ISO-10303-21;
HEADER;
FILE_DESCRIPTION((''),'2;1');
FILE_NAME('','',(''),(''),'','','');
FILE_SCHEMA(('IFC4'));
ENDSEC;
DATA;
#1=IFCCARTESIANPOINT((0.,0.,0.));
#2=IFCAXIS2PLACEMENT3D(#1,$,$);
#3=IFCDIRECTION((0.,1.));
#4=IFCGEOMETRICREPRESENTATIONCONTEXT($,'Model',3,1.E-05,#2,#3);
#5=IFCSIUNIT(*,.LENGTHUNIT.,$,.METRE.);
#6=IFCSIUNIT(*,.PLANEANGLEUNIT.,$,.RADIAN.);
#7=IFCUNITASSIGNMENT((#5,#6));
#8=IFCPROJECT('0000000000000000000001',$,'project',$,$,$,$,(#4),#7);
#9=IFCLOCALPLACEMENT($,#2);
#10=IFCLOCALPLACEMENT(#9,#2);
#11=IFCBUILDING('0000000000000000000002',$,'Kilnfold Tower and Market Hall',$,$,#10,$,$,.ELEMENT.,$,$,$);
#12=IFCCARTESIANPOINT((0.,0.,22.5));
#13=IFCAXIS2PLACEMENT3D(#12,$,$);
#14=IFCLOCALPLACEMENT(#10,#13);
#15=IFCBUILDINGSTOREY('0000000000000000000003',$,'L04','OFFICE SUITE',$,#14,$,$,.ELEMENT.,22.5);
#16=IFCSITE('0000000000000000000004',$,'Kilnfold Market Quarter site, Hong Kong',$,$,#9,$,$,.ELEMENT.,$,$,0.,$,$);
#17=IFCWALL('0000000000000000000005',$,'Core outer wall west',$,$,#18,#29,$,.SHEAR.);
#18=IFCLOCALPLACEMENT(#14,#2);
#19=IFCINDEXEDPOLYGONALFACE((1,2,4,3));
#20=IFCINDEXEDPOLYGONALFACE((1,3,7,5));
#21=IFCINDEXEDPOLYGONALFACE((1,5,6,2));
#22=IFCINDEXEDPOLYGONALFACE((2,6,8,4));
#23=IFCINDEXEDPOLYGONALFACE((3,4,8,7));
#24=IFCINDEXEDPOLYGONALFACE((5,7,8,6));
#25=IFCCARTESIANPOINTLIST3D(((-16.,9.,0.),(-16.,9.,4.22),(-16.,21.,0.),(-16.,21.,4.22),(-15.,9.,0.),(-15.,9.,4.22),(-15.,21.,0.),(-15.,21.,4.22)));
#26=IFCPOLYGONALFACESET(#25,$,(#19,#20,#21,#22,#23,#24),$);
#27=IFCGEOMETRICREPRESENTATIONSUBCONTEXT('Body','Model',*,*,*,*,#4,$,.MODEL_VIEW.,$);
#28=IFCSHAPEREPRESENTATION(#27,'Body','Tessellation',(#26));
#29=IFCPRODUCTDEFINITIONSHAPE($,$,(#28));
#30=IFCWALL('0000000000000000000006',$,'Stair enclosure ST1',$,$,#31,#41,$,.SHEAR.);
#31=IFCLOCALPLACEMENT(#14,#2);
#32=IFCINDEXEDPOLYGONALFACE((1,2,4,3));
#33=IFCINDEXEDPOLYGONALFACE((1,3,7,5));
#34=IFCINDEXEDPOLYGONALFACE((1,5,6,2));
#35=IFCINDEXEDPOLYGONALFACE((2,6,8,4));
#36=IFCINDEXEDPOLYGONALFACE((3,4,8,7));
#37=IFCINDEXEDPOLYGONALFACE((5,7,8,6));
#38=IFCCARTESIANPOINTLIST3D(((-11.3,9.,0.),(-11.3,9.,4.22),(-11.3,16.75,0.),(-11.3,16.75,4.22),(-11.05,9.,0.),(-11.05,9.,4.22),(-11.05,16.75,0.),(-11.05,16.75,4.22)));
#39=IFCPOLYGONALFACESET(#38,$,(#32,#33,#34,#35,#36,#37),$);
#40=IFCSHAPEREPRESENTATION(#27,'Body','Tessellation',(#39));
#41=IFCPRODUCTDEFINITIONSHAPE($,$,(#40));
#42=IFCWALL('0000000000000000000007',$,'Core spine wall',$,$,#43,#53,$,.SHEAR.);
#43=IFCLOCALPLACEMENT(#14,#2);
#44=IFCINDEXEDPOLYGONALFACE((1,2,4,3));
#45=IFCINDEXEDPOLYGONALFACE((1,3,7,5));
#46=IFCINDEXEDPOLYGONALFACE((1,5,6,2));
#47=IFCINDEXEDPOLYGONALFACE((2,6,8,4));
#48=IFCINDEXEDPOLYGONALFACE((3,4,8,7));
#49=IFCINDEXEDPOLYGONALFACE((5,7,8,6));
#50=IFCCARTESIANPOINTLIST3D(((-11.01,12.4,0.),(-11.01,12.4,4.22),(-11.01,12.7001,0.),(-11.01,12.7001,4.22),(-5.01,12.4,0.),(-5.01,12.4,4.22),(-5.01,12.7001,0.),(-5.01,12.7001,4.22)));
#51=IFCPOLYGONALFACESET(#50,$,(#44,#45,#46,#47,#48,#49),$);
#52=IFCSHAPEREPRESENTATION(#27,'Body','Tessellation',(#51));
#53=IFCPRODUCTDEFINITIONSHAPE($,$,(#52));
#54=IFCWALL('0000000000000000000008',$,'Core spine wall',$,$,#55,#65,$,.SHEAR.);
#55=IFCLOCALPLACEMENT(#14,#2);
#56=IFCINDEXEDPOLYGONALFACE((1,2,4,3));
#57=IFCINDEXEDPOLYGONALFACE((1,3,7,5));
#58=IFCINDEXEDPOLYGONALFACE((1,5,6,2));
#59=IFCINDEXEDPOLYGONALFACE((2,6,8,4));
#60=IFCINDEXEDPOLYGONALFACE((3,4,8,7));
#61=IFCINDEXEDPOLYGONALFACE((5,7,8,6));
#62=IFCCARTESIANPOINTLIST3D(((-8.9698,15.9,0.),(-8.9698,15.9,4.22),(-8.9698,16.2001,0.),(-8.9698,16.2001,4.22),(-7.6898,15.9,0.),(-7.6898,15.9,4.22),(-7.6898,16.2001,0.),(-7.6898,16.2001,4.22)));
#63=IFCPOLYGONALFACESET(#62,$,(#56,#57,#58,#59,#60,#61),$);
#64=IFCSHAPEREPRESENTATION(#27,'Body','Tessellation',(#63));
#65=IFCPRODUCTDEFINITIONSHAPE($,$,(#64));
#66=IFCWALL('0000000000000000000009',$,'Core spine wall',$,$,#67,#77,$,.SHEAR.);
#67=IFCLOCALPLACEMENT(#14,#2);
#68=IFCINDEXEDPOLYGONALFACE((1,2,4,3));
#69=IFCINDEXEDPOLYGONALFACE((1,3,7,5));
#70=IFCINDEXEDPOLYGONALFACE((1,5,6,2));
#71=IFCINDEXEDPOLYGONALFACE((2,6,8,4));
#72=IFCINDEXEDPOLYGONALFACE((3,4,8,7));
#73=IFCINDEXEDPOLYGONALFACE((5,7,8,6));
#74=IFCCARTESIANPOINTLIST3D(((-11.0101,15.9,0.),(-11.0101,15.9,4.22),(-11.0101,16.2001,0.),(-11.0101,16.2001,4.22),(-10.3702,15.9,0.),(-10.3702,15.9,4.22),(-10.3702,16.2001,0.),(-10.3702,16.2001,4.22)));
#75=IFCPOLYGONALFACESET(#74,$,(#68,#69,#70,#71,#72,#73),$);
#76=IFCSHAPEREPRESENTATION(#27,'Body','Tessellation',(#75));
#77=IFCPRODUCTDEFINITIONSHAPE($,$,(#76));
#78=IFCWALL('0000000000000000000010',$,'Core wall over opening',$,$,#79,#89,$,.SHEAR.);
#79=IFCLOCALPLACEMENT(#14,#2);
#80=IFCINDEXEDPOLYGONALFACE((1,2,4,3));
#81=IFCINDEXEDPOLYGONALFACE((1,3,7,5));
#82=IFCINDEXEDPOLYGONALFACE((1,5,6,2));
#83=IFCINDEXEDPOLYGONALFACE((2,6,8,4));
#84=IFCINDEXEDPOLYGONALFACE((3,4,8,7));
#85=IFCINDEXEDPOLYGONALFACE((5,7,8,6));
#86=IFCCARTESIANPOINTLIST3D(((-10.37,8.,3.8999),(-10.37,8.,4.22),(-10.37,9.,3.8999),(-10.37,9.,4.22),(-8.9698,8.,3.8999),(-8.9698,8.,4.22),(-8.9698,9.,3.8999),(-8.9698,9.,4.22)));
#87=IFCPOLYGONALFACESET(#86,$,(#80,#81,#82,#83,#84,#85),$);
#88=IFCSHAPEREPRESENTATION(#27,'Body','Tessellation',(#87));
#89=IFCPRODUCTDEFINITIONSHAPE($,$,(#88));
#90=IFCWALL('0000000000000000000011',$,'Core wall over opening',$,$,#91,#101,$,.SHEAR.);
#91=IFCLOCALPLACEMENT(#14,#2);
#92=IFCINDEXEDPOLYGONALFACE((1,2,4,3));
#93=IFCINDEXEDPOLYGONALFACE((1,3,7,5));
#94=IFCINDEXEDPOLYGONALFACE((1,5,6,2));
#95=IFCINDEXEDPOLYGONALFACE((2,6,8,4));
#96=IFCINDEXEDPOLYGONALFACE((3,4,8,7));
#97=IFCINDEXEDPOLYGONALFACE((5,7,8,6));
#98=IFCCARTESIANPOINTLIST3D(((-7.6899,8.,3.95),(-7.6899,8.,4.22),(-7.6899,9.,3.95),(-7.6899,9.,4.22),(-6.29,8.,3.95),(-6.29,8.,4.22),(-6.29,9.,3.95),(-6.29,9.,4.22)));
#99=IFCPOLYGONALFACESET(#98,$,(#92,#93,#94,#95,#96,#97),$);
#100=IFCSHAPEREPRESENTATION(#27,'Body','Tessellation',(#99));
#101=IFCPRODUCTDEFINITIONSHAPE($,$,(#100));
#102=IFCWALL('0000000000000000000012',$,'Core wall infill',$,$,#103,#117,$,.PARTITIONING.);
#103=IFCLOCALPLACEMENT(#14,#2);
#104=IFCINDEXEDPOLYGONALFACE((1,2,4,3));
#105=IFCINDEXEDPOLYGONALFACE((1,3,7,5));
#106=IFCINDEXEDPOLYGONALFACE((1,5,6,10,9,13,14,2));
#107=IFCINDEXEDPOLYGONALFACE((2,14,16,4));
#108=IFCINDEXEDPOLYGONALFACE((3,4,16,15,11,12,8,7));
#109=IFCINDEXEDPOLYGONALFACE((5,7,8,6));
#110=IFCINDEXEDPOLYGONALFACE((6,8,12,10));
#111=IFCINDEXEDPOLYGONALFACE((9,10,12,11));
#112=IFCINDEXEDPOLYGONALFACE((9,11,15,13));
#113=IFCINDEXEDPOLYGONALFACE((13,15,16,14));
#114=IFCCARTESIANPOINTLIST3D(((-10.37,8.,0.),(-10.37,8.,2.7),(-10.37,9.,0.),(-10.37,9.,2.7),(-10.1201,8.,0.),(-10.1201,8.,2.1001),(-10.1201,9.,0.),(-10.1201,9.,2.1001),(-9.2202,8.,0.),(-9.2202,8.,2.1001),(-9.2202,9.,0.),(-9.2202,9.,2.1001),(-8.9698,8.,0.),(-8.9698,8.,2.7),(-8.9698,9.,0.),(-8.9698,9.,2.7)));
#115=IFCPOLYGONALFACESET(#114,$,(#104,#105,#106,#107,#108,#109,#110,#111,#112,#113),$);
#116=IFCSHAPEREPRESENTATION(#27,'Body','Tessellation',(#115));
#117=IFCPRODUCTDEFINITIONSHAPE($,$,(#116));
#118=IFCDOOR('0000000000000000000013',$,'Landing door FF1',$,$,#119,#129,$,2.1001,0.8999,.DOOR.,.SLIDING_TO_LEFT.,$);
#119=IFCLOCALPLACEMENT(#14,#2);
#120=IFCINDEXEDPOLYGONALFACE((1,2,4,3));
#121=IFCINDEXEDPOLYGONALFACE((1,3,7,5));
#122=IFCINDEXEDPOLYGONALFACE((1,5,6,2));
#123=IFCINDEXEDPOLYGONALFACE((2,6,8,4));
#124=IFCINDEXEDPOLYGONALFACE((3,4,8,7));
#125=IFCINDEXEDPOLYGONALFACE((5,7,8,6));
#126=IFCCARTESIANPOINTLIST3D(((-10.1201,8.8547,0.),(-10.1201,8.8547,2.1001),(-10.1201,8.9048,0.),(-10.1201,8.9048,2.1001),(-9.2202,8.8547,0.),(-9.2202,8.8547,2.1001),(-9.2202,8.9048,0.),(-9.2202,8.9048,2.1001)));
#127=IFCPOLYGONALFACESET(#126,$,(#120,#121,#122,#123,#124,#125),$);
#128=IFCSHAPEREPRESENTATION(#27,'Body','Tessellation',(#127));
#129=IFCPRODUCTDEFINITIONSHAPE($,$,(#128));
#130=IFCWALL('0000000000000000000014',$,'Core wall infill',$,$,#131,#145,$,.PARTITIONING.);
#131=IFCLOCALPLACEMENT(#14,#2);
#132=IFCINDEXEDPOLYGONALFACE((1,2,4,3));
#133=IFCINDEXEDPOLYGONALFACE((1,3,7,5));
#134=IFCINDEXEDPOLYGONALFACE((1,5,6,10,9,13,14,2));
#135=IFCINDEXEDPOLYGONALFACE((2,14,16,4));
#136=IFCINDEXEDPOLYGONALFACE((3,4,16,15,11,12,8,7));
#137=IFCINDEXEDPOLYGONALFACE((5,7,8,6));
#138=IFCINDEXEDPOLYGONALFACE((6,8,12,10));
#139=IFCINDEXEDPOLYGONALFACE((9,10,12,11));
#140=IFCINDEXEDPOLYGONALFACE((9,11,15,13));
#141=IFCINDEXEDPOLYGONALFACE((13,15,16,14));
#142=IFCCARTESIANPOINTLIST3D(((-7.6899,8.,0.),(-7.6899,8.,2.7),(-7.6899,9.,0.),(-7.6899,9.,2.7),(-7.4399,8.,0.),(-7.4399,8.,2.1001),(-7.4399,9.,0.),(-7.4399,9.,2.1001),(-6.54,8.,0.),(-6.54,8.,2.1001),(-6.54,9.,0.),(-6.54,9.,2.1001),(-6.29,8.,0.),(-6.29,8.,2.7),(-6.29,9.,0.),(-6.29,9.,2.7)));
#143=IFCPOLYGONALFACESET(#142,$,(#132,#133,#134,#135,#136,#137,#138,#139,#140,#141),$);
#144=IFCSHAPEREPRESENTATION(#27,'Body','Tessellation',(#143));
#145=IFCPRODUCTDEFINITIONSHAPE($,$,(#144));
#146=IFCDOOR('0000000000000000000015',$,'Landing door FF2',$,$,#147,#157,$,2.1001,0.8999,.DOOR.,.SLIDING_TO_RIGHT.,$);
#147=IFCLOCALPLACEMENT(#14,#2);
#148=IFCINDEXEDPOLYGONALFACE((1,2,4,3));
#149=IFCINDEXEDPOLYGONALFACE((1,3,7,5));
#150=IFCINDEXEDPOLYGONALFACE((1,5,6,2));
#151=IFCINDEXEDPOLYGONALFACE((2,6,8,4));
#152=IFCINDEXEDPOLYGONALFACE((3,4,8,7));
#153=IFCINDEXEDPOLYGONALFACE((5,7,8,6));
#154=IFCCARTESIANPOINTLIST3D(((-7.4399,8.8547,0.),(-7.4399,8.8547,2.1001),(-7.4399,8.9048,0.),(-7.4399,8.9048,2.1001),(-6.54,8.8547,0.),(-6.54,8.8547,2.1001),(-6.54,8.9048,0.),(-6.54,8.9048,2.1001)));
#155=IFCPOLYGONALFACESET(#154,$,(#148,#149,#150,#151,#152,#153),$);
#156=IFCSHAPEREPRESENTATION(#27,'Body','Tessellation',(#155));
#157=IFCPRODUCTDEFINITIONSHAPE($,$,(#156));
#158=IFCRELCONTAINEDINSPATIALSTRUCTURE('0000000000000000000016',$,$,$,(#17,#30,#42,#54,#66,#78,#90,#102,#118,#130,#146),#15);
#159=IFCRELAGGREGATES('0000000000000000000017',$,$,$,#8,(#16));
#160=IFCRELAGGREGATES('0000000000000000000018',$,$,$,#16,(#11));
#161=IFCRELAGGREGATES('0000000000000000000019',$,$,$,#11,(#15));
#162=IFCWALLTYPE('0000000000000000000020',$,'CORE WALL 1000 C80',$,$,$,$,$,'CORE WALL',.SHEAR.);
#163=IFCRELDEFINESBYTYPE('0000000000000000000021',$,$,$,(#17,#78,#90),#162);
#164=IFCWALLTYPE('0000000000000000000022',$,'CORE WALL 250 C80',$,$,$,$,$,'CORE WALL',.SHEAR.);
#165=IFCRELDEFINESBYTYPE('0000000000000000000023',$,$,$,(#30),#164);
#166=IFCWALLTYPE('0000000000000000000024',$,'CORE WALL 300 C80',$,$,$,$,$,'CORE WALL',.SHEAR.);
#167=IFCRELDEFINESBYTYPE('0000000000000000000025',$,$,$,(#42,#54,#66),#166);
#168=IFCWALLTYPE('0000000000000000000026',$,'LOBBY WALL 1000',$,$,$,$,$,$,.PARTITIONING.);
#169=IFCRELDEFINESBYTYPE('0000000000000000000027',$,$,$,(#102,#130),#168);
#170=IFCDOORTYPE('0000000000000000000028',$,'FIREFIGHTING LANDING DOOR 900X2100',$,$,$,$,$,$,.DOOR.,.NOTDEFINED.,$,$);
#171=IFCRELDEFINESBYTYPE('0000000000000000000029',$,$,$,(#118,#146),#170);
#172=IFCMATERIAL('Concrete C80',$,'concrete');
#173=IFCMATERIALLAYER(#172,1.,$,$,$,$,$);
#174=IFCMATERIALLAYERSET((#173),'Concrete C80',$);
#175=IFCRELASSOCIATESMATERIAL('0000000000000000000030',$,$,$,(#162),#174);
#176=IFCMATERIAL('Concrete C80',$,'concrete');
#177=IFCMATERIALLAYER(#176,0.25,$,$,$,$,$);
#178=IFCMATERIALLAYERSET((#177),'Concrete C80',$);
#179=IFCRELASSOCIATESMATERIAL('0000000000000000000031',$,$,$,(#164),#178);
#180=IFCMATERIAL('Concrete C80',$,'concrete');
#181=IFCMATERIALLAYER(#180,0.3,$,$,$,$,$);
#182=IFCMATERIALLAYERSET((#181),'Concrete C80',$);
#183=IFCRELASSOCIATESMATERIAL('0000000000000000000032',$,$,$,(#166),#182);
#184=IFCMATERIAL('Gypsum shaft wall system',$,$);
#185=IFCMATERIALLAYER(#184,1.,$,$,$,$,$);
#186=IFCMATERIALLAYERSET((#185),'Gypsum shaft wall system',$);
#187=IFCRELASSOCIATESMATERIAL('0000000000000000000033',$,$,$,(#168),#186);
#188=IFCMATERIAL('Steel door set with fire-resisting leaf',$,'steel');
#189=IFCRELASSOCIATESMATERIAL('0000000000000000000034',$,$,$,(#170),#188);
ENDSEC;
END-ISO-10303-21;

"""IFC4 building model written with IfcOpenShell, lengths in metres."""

from ifc_helpers import new_model, si_unit, direction, frame, frame_2d, origin, place, context, subcontext, project, spatial, rectangle, extrude, source, transform, mapped, material, layer, layer_set, type_object, element, fill, save


model = new_model("IFC4")

# Units and contexts
model_context = context("Model", 3, precision=1e-05, world=origin(), true_north=direction((0.0, 1.0)))
body_context = subcontext(model_context, "Body", "Model", "MODEL_VIEW")
ifc_project = project(units=[si_unit("LENGTHUNIT", "METRE"), si_unit("PLANEANGLEUNIT", "RADIAN")], contexts=[model_context])

# Site, building, storey
site_placement = place(None, origin())
site = spatial("IfcSite", under=ifc_project, at=site_placement, Name="Kilnfold Market Quarter site, Hong Kong", CompositionType="ELEMENT", RefElevation=0.0)
building_placement = place(site_placement, origin())
building = spatial("IfcBuilding", under=site, at=building_placement, Name="Kilnfold Tower and Market Hall", CompositionType="ELEMENT")
storey_placement = place(building_placement, frame((0.0, 0.0, 22.5)))
storey = spatial("IfcBuildingStorey", under=building, at=storey_placement, Name="L04", Description="OFFICE SUITE", CompositionType="ELEMENT", Elevation=22.5)

# Shared definitions
ifc_material_1 = material(Name="Concrete C80", Category="concrete")
ifc_layer_1 = layer(ifc_material_1, 1.0)
ifc_layer_set_1 = layer_set([ifc_layer_1], Name="Concrete C80")
wall_type_1 = type_object("IfcWallType", Name="CORE WALL 1000 C80", ElementType="CORE WALL", PredefinedType="SHEAR", material=ifc_layer_set_1)

# Walls
shared_shape_1 = source(origin(), body_context, "Body", "SweptSolid", [
    extrude(rectangle(XDim=12.0, YDim=1.0, at=frame_2d((6.0, 0.0))), origin(), (0.0, 0.0, 1.0), 4.22),
])
wall_1_placement = place(storey_placement, frame((-15.5, 9.0, 0.0), z_axis=(0.0, 0.0, 1.0), x_axis=(0.0, 1.0, 0.0)))
element("IfcWall", 1, at=wall_1_placement, inside=storey, type_object=wall_type_1, Name="Core outer wall west", PredefinedType="SHEAR", context=body_context, shape_type="MappedRepresentation", body=[
    mapped(shared_shape_1, transform((0.0, 0.0, 0.0))),
])
ifc_material_2 = material(Name="Concrete C80", Category="concrete")
ifc_layer_2 = layer(ifc_material_2, 0.25)
ifc_layer_set_2 = layer_set([ifc_layer_2], Name="Concrete C80")
wall_type_2 = type_object("IfcWallType", Name="CORE WALL 250 C80", ElementType="CORE WALL", PredefinedType="SHEAR", material=ifc_layer_set_2)
shared_shape_2 = source(origin(), body_context, "Body", "SweptSolid", [
    extrude(rectangle(XDim=7.75, YDim=0.25, at=frame_2d((3.875, 0.0))), origin(), (0.0, 0.0, 1.0), 4.22),
])
wall_2_placement = place(storey_placement, frame((-11.175, 9.0, 0.0), z_axis=(0.0, 0.0, 1.0), x_axis=(0.0, 1.0, 0.0)))
element("IfcWall", 2, at=wall_2_placement, inside=storey, type_object=wall_type_2, Name="Stair enclosure ST1", PredefinedType="SHEAR", context=body_context, shape_type="MappedRepresentation", body=[
    mapped(shared_shape_2, transform((0.0, 0.0, 0.0))),
])
ifc_material_3 = material(Name="Concrete C80", Category="concrete")
ifc_layer_3 = layer(ifc_material_3, 0.3)
ifc_layer_set_3 = layer_set([ifc_layer_3], Name="Concrete C80")
wall_type_3 = type_object("IfcWallType", Name="CORE WALL 300 C80", ElementType="CORE WALL", PredefinedType="SHEAR", material=ifc_layer_set_3)
shared_shape_3 = source(origin(), body_context, "Body", "SweptSolid", [
    extrude(rectangle(XDim=6.0, YDim=0.3, at=frame_2d((3.0, 0.0))), origin(), (0.0, 0.0, 1.0), 4.22),
])
wall_3_placement = place(storey_placement, frame((-11.01, 12.55, 0.0), z_axis=(0.0, 0.0, 1.0), x_axis=(1.0, 0.0, 0.0)))
element("IfcWall", 3, at=wall_3_placement, inside=storey, type_object=wall_type_3, Name="Core spine wall", PredefinedType="SHEAR", context=body_context, shape_type="MappedRepresentation", body=[
    mapped(shared_shape_3, transform((0.0, 0.0, 0.0))),
])
shared_shape_4 = source(origin(), body_context, "Body", "SweptSolid", [
    extrude(rectangle(XDim=1.28, YDim=0.3, at=frame_2d((0.6401, 0.0))), origin(), (0.0, 0.0, 1.0), 4.22),
])
wall_4_placement = place(storey_placement, frame((-8.97, 16.05, 0.0), z_axis=(0.0, 0.0, 1.0), x_axis=(1.0, 0.0, 0.0)))
element("IfcWall", 4, at=wall_4_placement, inside=storey, type_object=wall_type_3, Name="Core spine wall", PredefinedType="SHEAR", context=body_context, shape_type="MappedRepresentation", body=[
    mapped(shared_shape_4, transform((0.0, 0.0, 0.0))),
])
shared_shape_5 = source(origin(), body_context, "Body", "SweptSolid", [
    extrude(rectangle(XDim=0.6399, YDim=0.3, at=frame_2d((0.3198, 0.0))), origin(), (0.0, 0.0, 1.0), 4.22),
])
wall_5_placement = place(storey_placement, frame((-11.01, 16.05, 0.0), z_axis=(0.0, 0.0, 1.0), x_axis=(1.0, 0.0, 0.0)))
element("IfcWall", 5, at=wall_5_placement, inside=storey, type_object=wall_type_3, Name="Core spine wall", PredefinedType="SHEAR", context=body_context, shape_type="MappedRepresentation", body=[
    mapped(shared_shape_5, transform((0.0, 0.0, 0.0))),
])
shared_shape_6 = source(origin(), body_context, "Body", "SweptSolid", [
    extrude(rectangle(XDim=1.4001, YDim=1.0, at=frame_2d((0.7002, 0.0))), origin(), (0.0, 0.0, 1.0), 0.3201),
])
wall_6_placement = place(storey_placement, frame((-10.3701, 8.5, 3.8999), z_axis=(0.0, 0.0, 1.0), x_axis=(1.0, 0.0, 0.0)))
element("IfcWall", 6, at=wall_6_placement, inside=storey, type_object=wall_type_1, Name="Core wall over opening", PredefinedType="SHEAR", context=body_context, shape_type="MappedRepresentation", body=[
    mapped(shared_shape_6, transform((0.0, 0.0, 0.0))),
])
shared_shape_7 = source(origin(), body_context, "Body", "SweptSolid", [
    extrude(rectangle(XDim=1.3999, YDim=1.0, at=frame_2d((0.7, 0.0))), origin(), (0.0, 0.0, 1.0), 0.27),
])
wall_7_placement = place(storey_placement, frame((-7.6899, 8.5, 3.95), z_axis=(0.0, 0.0, 1.0), x_axis=(1.0, 0.0, 0.0)))
element("IfcWall", 7, at=wall_7_placement, inside=storey, type_object=wall_type_1, Name="Core wall over opening", PredefinedType="SHEAR", context=body_context, shape_type="MappedRepresentation", body=[
    mapped(shared_shape_7, transform((0.0, 0.0, 0.0))),
])

# Walls, openings, doors
ifc_material_4 = material(Name="Gypsum shaft wall system")
ifc_layer_4 = layer(ifc_material_4, 1.0)
ifc_layer_set_4 = layer_set([ifc_layer_4], Name="Gypsum shaft wall system")
wall_type_4 = type_object("IfcWallType", Name="LOBBY WALL 1000", PredefinedType="PARTITIONING", material=ifc_layer_set_4)
shared_shape_8 = source(origin(), body_context, "Body", "SweptSolid", [
    extrude(rectangle(XDim=1.4001, YDim=1.0, at=frame_2d((0.7002, 0.0))), origin(), (0.0, 0.0, 1.0), 2.7),
])
wall_8_placement = place(storey_placement, frame((-10.3701, 8.5, 0.0), z_axis=(0.0, 0.0, 1.0), x_axis=(1.0, 0.0, 0.0)))
wall_8 = element("IfcWall", 8, at=wall_8_placement, inside=storey, type_object=wall_type_4, Name="Core wall infill", PredefinedType="PARTITIONING", context=body_context, shape_type="MappedRepresentation", body=[
    mapped(shared_shape_8, transform((0.0, 0.0, 0.0))),
])
opening_1_placement = place(wall_8_placement, frame((0.25, 0.0, 0.0)))
opening_1 = element("IfcOpeningElement", 9, at=opening_1_placement, cuts=wall_8, PredefinedType="OPENING", context=body_context, shape_type="SweptSolid", body=[
    extrude(rectangle(XDim=0.8999, YDim=2.1001, at=frame_2d((0.45, 1.05))), frame((0.0, 0.51, 0.0), z_axis=(0.0, -1.0, 0.0), x_axis=(1.0, 0.0, 0.0)), (0.0, 0.0, 1.0), 1.02),
])
ifc_material_5 = material(Name="Steel door set with fire-resisting leaf", Category="steel")
door_type_1 = type_object("IfcDoorType", Name="FIREFIGHTING LANDING DOOR 900X2100", OperationType="NOTDEFINED", PredefinedType="DOOR", material=ifc_material_5)
door_1_placement = place(opening_1_placement, origin())
door_1 = element("IfcDoor", 10, at=door_1_placement, inside=storey, type_object=door_type_1, Name="Landing door FF1", OperationType="SLIDING_TO_LEFT", OverallHeight=2.1001, OverallWidth=0.8999, PredefinedType="DOOR", context=body_context, shape_type="SweptSolid", body=[
    extrude(rectangle(XDim=0.8999, YDim=2.1001, at=frame_2d((0.45, 1.05))), frame((0.0, 0.4048, 0.0), z_axis=(0.0, -1.0, 0.0), x_axis=(1.0, 0.0, 0.0)), (0.0, 0.0, 1.0), 0.05),
])
fill(opening_1, door_1)
shared_shape_9 = source(origin(), body_context, "Body", "SweptSolid", [
    extrude(rectangle(XDim=1.3999, YDim=1.0, at=frame_2d((0.7, 0.0))), origin(), (0.0, 0.0, 1.0), 2.7),
])
wall_9_placement = place(storey_placement, frame((-7.6899, 8.5, 0.0), z_axis=(0.0, 0.0, 1.0), x_axis=(1.0, 0.0, 0.0)))
wall_9 = element("IfcWall", 11, at=wall_9_placement, inside=storey, type_object=wall_type_4, Name="Core wall infill", PredefinedType="PARTITIONING", context=body_context, shape_type="MappedRepresentation", body=[
    mapped(shared_shape_9, transform((0.0, 0.0, 0.0))),
])
opening_2_placement = place(wall_9_placement, frame((0.25, 0.0, 0.0)))
opening_2 = element("IfcOpeningElement", 12, at=opening_2_placement, cuts=wall_9, PredefinedType="OPENING", context=body_context, shape_type="SweptSolid", body=[
    extrude(rectangle(XDim=0.8999, YDim=2.1001, at=frame_2d((0.45, 1.05))), frame((0.0, 0.51, 0.0), z_axis=(0.0, -1.0, 0.0), x_axis=(1.0, 0.0, 0.0)), (0.0, 0.0, 1.0), 1.02),
])
door_2_placement = place(opening_2_placement, origin())
door_2 = element("IfcDoor", 13, at=door_2_placement, inside=storey, type_object=door_type_1, Name="Landing door FF2", OperationType="SLIDING_TO_RIGHT", OverallHeight=2.1001, OverallWidth=0.8999, PredefinedType="DOOR", context=body_context, shape_type="SweptSolid", body=[
    extrude(rectangle(XDim=0.8999, YDim=2.1001, at=frame_2d((0.45, 1.05))), frame((0.0, 0.4048, 0.0), z_axis=(0.0, -1.0, 0.0), x_axis=(1.0, 0.0, 0.0)), (0.0, 0.0, 1.0), 0.05),
])
fill(opening_2, door_2)

save(model, "model.ifc")
